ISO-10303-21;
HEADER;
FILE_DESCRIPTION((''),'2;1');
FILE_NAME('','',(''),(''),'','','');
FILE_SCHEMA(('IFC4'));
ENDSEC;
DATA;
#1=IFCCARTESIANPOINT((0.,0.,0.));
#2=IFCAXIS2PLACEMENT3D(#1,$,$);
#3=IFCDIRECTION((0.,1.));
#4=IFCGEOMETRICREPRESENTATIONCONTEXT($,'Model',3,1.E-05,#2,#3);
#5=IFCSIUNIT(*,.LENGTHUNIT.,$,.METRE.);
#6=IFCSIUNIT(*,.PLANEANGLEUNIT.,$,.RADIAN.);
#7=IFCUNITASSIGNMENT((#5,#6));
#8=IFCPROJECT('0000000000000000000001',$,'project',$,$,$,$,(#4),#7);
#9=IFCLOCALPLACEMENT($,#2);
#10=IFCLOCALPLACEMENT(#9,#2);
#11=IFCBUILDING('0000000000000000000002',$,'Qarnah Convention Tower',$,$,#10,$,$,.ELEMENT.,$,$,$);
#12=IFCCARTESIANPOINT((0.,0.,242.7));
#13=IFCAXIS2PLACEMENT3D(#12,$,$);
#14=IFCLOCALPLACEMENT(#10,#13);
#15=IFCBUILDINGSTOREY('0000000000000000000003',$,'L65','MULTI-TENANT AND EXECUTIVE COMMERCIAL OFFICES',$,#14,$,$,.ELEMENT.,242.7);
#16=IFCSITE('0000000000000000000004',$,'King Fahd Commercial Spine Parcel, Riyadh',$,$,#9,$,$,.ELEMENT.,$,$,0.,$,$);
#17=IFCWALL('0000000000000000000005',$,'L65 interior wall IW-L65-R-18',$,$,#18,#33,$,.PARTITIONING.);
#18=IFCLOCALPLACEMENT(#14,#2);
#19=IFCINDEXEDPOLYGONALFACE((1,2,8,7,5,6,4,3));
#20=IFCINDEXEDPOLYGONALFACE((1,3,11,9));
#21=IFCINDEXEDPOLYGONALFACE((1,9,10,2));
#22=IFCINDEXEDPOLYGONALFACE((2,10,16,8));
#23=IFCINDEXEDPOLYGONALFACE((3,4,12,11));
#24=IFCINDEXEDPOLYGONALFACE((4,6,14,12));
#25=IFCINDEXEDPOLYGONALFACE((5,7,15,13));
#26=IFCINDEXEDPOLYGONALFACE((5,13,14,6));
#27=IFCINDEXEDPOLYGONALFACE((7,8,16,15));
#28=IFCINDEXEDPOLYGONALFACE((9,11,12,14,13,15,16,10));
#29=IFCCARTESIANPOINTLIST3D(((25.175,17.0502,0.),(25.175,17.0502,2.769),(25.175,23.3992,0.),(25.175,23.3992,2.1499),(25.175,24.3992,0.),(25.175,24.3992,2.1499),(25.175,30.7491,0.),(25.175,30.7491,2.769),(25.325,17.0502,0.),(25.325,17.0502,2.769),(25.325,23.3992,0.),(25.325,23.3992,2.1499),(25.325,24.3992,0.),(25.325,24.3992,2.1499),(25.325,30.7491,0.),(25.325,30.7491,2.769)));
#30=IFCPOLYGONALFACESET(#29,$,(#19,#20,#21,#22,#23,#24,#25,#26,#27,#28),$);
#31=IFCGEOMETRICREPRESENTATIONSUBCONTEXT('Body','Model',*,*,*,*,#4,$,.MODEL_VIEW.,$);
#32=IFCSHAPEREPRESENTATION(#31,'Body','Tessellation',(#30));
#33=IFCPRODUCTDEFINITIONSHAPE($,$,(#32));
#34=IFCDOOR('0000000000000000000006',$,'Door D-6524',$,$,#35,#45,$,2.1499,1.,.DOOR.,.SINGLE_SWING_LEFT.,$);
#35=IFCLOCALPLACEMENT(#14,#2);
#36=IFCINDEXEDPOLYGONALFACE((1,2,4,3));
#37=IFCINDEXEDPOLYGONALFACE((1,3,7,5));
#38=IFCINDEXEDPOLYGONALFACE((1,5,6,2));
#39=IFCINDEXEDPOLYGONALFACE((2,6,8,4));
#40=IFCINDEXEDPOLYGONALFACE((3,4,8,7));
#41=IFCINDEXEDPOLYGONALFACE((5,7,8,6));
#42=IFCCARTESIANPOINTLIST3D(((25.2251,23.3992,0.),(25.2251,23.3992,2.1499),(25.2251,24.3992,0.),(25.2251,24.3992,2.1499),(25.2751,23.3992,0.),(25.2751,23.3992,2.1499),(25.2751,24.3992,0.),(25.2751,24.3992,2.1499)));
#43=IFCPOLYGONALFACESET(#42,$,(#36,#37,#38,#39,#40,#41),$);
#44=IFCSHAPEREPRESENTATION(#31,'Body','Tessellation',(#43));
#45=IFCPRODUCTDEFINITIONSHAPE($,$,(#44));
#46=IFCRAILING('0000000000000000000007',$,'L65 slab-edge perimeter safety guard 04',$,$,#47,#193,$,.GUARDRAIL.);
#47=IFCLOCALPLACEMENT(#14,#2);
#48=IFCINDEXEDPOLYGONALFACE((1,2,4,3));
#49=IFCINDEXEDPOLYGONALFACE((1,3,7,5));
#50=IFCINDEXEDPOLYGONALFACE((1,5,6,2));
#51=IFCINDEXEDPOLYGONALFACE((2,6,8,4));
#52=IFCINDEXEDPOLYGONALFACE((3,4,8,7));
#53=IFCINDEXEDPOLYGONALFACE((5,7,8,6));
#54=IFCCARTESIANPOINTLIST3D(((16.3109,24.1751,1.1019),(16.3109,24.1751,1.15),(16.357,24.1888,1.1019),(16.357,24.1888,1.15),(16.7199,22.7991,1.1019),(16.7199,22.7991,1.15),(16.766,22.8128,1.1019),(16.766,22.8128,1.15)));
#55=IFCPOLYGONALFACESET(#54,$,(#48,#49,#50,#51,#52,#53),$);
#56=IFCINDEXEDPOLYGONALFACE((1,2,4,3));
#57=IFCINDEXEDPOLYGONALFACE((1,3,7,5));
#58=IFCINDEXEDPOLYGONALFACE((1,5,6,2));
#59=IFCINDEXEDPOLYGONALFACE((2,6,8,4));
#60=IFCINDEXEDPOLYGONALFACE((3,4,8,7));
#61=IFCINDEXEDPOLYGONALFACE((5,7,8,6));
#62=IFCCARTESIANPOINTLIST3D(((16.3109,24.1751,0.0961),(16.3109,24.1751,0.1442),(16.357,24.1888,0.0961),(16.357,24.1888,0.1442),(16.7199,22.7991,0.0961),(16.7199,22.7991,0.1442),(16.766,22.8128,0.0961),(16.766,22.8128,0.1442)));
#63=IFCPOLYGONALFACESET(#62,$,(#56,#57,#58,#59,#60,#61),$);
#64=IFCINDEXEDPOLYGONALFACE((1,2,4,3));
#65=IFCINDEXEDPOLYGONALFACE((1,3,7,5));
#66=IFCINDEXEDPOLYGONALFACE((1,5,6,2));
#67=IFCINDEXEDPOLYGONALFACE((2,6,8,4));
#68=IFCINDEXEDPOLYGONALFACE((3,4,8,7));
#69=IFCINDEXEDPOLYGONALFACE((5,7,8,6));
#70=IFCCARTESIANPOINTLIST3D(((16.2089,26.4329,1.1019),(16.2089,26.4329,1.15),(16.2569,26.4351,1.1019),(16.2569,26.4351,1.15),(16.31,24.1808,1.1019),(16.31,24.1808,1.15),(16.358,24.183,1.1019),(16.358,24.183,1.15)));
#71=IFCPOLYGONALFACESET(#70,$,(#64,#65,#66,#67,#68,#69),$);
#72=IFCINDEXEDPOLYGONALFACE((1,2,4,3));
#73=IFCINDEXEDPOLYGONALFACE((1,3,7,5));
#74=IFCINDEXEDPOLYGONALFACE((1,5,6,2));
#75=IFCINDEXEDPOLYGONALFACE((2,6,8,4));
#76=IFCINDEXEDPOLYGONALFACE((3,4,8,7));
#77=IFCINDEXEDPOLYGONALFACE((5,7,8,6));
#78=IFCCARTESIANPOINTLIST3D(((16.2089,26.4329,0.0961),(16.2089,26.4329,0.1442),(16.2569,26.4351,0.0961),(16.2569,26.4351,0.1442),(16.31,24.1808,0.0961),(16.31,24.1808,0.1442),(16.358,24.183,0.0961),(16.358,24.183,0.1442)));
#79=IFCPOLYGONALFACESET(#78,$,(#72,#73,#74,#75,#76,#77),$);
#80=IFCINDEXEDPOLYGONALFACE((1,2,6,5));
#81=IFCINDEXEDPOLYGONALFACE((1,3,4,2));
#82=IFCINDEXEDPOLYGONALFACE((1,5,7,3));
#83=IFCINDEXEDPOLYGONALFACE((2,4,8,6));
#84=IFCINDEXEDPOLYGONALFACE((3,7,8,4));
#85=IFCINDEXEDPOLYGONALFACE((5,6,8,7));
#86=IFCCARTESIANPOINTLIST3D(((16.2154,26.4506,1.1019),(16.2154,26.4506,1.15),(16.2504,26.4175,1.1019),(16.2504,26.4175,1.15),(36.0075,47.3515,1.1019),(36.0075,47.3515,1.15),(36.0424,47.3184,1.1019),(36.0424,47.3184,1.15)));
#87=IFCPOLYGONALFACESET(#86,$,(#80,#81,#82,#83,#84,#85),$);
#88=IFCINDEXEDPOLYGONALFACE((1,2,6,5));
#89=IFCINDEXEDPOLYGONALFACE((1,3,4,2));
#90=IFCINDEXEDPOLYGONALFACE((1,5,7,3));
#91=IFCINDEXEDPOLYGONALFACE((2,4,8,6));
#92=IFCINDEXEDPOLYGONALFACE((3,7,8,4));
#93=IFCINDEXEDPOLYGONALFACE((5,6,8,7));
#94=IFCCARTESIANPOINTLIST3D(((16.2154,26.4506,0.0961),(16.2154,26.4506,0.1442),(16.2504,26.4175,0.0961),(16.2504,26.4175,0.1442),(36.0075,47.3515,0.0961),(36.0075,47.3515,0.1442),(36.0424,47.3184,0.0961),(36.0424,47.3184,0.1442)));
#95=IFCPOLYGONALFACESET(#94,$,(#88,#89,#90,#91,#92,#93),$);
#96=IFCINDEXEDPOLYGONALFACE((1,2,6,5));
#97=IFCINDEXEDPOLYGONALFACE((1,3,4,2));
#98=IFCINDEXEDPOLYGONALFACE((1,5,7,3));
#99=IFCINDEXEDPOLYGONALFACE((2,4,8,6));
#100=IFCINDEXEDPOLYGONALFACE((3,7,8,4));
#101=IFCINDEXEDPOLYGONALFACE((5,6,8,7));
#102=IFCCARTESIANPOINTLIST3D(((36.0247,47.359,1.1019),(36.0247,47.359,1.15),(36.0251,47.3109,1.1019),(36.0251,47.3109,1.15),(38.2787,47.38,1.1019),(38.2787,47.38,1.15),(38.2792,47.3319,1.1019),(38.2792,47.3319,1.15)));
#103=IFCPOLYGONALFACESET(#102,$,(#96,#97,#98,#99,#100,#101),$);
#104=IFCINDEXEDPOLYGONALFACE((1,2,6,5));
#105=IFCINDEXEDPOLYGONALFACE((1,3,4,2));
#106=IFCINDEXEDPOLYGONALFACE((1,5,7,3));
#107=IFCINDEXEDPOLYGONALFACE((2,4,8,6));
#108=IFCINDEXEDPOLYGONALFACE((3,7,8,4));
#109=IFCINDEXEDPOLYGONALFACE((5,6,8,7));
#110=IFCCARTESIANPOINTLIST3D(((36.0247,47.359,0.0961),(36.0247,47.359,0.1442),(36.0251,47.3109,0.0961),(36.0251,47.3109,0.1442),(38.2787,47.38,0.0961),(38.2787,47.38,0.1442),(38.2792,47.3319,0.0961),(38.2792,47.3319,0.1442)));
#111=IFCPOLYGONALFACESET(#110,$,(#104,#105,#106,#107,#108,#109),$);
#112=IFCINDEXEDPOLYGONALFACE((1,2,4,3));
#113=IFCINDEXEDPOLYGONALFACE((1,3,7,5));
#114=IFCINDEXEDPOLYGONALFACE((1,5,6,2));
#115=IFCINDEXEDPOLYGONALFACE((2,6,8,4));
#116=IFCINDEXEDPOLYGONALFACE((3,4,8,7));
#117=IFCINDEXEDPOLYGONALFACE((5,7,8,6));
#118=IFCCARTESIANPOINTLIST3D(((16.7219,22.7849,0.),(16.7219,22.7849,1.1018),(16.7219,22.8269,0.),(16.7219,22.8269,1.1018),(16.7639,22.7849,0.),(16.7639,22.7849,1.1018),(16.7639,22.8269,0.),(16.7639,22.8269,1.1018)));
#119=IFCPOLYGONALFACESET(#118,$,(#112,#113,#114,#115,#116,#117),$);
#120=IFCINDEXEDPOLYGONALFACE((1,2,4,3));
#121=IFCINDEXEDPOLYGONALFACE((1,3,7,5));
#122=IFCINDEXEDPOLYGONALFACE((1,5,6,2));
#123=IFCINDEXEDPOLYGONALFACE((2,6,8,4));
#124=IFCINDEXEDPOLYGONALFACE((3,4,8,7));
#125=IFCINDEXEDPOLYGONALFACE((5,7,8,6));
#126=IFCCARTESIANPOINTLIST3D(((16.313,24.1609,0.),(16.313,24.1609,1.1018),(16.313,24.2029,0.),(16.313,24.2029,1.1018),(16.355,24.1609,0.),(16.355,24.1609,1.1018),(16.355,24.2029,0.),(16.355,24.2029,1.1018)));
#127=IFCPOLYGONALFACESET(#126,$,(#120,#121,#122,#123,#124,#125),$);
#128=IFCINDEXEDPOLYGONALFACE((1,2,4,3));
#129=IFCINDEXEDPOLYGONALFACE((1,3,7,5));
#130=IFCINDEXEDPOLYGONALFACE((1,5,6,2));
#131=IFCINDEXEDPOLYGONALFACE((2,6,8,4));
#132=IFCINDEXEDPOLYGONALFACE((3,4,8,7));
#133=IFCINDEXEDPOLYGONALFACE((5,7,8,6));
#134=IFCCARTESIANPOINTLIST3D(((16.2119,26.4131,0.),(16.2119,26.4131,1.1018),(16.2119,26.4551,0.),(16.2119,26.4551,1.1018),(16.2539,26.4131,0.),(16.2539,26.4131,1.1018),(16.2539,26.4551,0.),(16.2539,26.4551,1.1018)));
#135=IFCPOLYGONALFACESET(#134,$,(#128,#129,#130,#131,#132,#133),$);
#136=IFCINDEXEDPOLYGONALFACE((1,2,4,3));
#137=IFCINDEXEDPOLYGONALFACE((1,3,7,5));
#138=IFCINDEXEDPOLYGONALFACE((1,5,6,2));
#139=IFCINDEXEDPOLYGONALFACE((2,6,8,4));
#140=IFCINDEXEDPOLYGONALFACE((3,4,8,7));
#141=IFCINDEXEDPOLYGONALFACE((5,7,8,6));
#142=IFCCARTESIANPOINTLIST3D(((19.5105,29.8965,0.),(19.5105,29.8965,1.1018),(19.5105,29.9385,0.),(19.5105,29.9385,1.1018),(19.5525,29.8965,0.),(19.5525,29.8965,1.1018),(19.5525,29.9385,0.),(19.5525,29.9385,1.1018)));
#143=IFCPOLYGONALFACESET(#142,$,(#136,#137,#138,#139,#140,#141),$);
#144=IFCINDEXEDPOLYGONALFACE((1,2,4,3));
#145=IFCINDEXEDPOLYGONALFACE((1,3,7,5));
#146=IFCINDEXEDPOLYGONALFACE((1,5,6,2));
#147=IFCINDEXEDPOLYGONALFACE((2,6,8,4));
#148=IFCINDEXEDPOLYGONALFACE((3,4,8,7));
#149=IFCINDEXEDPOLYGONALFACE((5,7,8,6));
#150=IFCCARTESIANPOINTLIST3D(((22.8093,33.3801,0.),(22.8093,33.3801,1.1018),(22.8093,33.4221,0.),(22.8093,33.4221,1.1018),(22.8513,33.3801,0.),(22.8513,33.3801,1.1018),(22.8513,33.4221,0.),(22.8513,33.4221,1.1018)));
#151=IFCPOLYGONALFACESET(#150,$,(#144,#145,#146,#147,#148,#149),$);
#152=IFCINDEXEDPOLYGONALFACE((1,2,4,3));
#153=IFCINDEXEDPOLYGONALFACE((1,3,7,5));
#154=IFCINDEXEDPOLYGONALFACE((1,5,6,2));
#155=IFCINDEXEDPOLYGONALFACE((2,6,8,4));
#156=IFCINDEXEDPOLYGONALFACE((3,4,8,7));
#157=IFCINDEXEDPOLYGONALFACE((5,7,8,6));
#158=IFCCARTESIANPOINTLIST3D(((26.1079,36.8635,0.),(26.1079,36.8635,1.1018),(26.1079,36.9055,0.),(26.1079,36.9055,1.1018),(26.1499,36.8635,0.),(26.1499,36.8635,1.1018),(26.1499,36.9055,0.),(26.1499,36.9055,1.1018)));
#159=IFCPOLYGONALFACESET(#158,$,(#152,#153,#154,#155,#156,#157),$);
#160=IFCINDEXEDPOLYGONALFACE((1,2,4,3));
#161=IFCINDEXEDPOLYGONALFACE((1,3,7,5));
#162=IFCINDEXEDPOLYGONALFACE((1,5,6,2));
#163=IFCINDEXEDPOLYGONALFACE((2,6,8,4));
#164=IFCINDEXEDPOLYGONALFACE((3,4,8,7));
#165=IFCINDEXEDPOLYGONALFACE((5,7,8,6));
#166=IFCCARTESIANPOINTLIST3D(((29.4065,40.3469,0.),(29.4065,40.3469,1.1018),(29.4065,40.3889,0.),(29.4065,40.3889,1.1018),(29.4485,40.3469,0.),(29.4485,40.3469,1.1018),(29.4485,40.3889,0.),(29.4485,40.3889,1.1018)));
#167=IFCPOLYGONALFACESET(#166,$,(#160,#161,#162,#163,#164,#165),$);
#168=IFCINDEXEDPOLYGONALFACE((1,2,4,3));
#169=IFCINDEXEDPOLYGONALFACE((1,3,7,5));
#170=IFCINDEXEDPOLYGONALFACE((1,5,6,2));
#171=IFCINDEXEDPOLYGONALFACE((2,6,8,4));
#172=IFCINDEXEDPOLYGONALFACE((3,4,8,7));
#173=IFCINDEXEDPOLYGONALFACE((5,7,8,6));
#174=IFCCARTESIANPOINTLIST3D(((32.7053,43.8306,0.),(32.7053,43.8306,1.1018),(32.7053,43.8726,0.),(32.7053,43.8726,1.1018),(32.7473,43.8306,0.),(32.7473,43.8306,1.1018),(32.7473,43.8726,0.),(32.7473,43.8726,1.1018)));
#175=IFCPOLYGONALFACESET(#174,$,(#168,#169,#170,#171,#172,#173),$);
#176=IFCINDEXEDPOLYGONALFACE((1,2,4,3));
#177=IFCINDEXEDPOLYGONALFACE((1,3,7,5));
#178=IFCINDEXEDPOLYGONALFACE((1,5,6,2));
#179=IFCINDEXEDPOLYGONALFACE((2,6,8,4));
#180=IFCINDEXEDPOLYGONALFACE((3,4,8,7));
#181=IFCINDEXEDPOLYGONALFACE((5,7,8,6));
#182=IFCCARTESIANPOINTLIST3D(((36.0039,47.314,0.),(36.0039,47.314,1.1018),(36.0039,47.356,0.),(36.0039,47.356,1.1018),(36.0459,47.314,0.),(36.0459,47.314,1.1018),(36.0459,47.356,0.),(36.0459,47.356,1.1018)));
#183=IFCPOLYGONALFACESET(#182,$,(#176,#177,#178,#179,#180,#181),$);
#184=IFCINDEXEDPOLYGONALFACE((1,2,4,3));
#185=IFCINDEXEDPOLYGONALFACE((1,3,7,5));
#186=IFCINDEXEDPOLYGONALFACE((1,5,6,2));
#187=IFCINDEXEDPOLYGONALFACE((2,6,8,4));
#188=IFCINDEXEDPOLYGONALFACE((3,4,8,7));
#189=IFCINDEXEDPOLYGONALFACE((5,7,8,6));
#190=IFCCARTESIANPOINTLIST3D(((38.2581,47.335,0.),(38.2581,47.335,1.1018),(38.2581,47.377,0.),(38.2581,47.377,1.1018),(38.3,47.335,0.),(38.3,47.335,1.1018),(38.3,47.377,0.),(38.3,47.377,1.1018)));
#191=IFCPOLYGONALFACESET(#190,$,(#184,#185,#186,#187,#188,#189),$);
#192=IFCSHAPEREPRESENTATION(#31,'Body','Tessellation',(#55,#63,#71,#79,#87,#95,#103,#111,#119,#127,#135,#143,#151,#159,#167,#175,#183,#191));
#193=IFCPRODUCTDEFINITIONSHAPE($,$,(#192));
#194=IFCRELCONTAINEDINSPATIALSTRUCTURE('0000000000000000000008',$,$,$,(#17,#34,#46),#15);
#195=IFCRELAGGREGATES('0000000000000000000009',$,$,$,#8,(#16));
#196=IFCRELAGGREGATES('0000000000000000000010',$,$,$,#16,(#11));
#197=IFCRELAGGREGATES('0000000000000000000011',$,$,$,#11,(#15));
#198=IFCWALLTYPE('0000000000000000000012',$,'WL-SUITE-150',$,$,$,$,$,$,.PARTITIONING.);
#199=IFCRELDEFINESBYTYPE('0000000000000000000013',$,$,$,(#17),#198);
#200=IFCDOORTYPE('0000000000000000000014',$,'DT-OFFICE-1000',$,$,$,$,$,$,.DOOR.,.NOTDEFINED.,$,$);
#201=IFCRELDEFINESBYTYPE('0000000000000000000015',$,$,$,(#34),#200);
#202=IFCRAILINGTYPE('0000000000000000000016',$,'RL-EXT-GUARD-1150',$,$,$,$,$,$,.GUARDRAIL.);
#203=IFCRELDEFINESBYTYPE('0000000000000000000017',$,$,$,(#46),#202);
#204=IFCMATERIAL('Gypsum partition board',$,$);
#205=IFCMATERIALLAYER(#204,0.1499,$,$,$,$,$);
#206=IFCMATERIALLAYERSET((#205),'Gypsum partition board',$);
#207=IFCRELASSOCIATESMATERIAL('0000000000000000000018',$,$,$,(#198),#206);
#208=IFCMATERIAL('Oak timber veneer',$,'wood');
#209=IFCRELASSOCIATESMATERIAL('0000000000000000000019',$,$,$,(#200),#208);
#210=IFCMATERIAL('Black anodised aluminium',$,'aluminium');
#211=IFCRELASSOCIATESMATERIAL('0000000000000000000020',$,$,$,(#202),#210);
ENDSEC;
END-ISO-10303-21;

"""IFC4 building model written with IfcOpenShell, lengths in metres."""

from ifc_helpers import new_model, si_unit, direction, frame, frame_2d, origin, origin_2d, place, context, subcontext, project, spatial, rectangle, extrude, material, layer, layer_set, type_object, element, fill, save


model = new_model("IFC4")

# Units and contexts
model_context = context("Model", 3, precision=1e-05, world=origin(), true_north=direction((0.0, 1.0)))
body_context = subcontext(model_context, "Body", "Model", "MODEL_VIEW")
ifc_project = project(units=[si_unit("LENGTHUNIT", "METRE"), si_unit("PLANEANGLEUNIT", "RADIAN")], contexts=[model_context])

# Site, building, storey
site_placement = place(None, origin())
site = spatial("IfcSite", under=ifc_project, at=site_placement, Name="King Fahd Commercial Spine Parcel, Riyadh", CompositionType="ELEMENT", RefElevation=0.0)
building_placement = place(site_placement, origin())
building = spatial("IfcBuilding", under=site, at=building_placement, Name="Qarnah Convention Tower", CompositionType="ELEMENT")
storey_placement = place(building_placement, frame((0.0, 0.0, 242.7)))
storey = spatial("IfcBuildingStorey", under=building, at=storey_placement, Name="L65", Description="MULTI-TENANT AND EXECUTIVE COMMERCIAL OFFICES", CompositionType="ELEMENT", Elevation=242.7)

# Shared definitions
ifc_material_1 = material(Name="Black anodised aluminium", Category="aluminium")

# Shared definitions
ifc_material_2 = material(Name="Gypsum partition board")
ifc_layer_1 = layer(ifc_material_2, 0.1499)
ifc_layer_set_1 = layer_set([ifc_layer_1], Name="Gypsum partition board")
wall_type_1 = type_object("IfcWallType", Name="WL-SUITE-150", PredefinedType="PARTITIONING", material=ifc_layer_set_1)

# Wall, opening, door
wall_1_placement = place(storey_placement, frame((25.25, 17.05, 0.0), z_axis=(0.0, 0.0, 1.0), x_axis=(0.0, 1.0, 0.0)))
wall_1 = element("IfcWall", 1, at=wall_1_placement, inside=storey, type_object=wall_type_1, Name="L65 interior wall IW-L65-R-18", PredefinedType="PARTITIONING", context=body_context, shape_type="SweptSolid", body=[
    extrude(rectangle(XDim=13.699, YDim=0.1499, at=frame_2d((6.8496, 0.0))), origin(), (0.0, 0.0, 1.0), 2.769),
])
opening_1_placement = place(wall_1_placement, frame((6.3491, 0.0, 0.0)))
opening_1 = element("IfcOpeningElement", 2, at=opening_1_placement, cuts=wall_1, PredefinedType="OPENING", context=body_context, shape_type="SweptSolid", body=[
    extrude(rectangle(XDim=1.0, YDim=2.1499, at=frame_2d((0.5, 1.075))), frame((0.0, 0.085, 0.0), z_axis=(0.0, -1.0, 0.0), x_axis=(1.0, 0.0, 0.0)), (0.0, 0.0, 1.0), 0.1699),
])
ifc_material_3 = material(Name="Oak timber veneer", Category="wood")
door_type_1 = type_object("IfcDoorType", Name="DT-OFFICE-1000", OperationType="NOTDEFINED", PredefinedType="DOOR", material=ifc_material_3)
door_1_placement = place(opening_1_placement, origin())
door_1 = element("IfcDoor", 3, at=door_1_placement, inside=storey, type_object=door_type_1, Name="Door D-6524", OperationType="SINGLE_SWING_LEFT", OverallHeight=2.1499, OverallWidth=1.0, PredefinedType="DOOR", context=body_context, shape_type="SweptSolid", body=[
    extrude(rectangle(XDim=1.0, YDim=2.1499, at=frame_2d((0.5, 1.075))), frame((0.0, 0.0249, 0.0), z_axis=(0.0, -1.0, 0.0), x_axis=(1.0, 0.0, 0.0)), (0.0, 0.0, 1.0), 0.05),
])
fill(opening_1, door_1)

# Railing
railing_type = type_object("IfcRailingType", Name="RL-EXT-GUARD-1150", PredefinedType="GUARDRAIL", material=ifc_material_1)
railing_1_placement = place(storey_placement, frame((16.7429, 22.8059, 0.0)))
element("IfcRailing", 4, at=railing_1_placement, inside=storey, type_object=railing_type, Name="L65 slab-edge perimeter safety guard 04", PredefinedType="GUARDRAIL", context=body_context, shape_type="SweptSolid", body=[
    extrude(rectangle(XDim=0.0481, YDim=0.0481, at=origin_2d()), frame((0.0, 0.0, 1.126), z_axis=(-0.284882, 0.958563, 0.0), x_axis=(-0.958563, -0.284882, 0.0)), (0.0, 0.0, 1.0), 1.4355),
    extrude(rectangle(XDim=0.0481, YDim=0.0481, at=origin_2d()), frame((0.0, 0.0, 0.1201), z_axis=(-0.284882, 0.958563, 0.0), x_axis=(-0.958563, -0.284882, 0.0)), (0.0, 0.0, 1.0), 1.4355),
    extrude(rectangle(XDim=0.0481, YDim=0.0481, at=origin_2d()), frame((-0.4089, 1.376, 1.126), z_axis=(-0.044833, 0.998994, 0.0), x_axis=(-0.998994, -0.044833, 0.0)), (0.0, 0.0, 1.0), 2.2544),
    extrude(rectangle(XDim=0.0481, YDim=0.0481, at=origin_2d()), frame((-0.4089, 1.376, 0.1201), z_axis=(-0.044833, 0.998994, 0.0), x_axis=(-0.998994, -0.044833, 0.0)), (0.0, 0.0, 1.0), 2.2544),
    extrude(rectangle(XDim=0.0481, YDim=0.0481, at=origin_2d()), frame((-0.51, 3.6282, 1.126), z_axis=(0.687583, 0.726106, 0.0), x_axis=(-0.726106, 0.687583, 0.0)), (0.0, 0.0, 1.0), 28.7849),
    extrude(rectangle(XDim=0.0481, YDim=0.0481, at=origin_2d()), frame((-0.51, 3.6282, 0.1201), z_axis=(0.687583, 0.726106, 0.0), x_axis=(-0.726106, 0.687583, 0.0)), (0.0, 0.0, 1.0), 28.7849),
    extrude(rectangle(XDim=0.0481, YDim=0.0481, at=origin_2d()), frame((19.282, 24.5291, 1.126), z_axis=(0.999957, 0.009314, 0.0), x_axis=(-0.009314, 0.999957, 0.0)), (0.0, 0.0, 1.0), 2.2542),
    extrude(rectangle(XDim=0.0481, YDim=0.0481, at=origin_2d()), frame((19.282, 24.5291, 0.1201), z_axis=(0.999957, 0.009314, 0.0), x_axis=(-0.009314, 0.999957, 0.0)), (0.0, 0.0, 1.0), 2.2542),
    extrude(rectangle(XDim=0.042, YDim=0.042, at=origin_2d()), origin(), (0.0, 0.0, 1.0), 1.1018),
    extrude(rectangle(XDim=0.042, YDim=0.042, at=origin_2d()), frame((-0.4089, 1.376, 0.0)), (0.0, 0.0, 1.0), 1.1018),
    extrude(rectangle(XDim=0.042, YDim=0.042, at=origin_2d()), frame((-0.51, 3.6282, 0.0)), (0.0, 0.0, 1.0), 1.1018),
    extrude(rectangle(XDim=0.042, YDim=0.042, at=origin_2d()), frame((2.7886, 7.1116, 0.0)), (0.0, 0.0, 1.0), 1.1018),
    extrude(rectangle(XDim=0.042, YDim=0.042, at=origin_2d()), frame((6.0874, 10.5952, 0.0)), (0.0, 0.0, 1.0), 1.1018),
    extrude(rectangle(XDim=0.042, YDim=0.042, at=origin_2d()), frame((9.386, 14.0786, 0.0)), (0.0, 0.0, 1.0), 1.1018),
    extrude(rectangle(XDim=0.042, YDim=0.042, at=origin_2d()), frame((12.6846, 17.562, 0.0)), (0.0, 0.0, 1.0), 1.1018),
    extrude(rectangle(XDim=0.042, YDim=0.042, at=origin_2d()), frame((15.9834, 21.0457, 0.0)), (0.0, 0.0, 1.0), 1.1018),
    extrude(rectangle(XDim=0.042, YDim=0.042, at=origin_2d()), frame((19.282, 24.5291, 0.0)), (0.0, 0.0, 1.0), 1.1018),
    extrude(rectangle(XDim=0.042, YDim=0.042, at=origin_2d()), frame((21.5361, 24.55, 0.0)), (0.0, 0.0, 1.0), 1.1018),
])

save(model, "model.ifc")
